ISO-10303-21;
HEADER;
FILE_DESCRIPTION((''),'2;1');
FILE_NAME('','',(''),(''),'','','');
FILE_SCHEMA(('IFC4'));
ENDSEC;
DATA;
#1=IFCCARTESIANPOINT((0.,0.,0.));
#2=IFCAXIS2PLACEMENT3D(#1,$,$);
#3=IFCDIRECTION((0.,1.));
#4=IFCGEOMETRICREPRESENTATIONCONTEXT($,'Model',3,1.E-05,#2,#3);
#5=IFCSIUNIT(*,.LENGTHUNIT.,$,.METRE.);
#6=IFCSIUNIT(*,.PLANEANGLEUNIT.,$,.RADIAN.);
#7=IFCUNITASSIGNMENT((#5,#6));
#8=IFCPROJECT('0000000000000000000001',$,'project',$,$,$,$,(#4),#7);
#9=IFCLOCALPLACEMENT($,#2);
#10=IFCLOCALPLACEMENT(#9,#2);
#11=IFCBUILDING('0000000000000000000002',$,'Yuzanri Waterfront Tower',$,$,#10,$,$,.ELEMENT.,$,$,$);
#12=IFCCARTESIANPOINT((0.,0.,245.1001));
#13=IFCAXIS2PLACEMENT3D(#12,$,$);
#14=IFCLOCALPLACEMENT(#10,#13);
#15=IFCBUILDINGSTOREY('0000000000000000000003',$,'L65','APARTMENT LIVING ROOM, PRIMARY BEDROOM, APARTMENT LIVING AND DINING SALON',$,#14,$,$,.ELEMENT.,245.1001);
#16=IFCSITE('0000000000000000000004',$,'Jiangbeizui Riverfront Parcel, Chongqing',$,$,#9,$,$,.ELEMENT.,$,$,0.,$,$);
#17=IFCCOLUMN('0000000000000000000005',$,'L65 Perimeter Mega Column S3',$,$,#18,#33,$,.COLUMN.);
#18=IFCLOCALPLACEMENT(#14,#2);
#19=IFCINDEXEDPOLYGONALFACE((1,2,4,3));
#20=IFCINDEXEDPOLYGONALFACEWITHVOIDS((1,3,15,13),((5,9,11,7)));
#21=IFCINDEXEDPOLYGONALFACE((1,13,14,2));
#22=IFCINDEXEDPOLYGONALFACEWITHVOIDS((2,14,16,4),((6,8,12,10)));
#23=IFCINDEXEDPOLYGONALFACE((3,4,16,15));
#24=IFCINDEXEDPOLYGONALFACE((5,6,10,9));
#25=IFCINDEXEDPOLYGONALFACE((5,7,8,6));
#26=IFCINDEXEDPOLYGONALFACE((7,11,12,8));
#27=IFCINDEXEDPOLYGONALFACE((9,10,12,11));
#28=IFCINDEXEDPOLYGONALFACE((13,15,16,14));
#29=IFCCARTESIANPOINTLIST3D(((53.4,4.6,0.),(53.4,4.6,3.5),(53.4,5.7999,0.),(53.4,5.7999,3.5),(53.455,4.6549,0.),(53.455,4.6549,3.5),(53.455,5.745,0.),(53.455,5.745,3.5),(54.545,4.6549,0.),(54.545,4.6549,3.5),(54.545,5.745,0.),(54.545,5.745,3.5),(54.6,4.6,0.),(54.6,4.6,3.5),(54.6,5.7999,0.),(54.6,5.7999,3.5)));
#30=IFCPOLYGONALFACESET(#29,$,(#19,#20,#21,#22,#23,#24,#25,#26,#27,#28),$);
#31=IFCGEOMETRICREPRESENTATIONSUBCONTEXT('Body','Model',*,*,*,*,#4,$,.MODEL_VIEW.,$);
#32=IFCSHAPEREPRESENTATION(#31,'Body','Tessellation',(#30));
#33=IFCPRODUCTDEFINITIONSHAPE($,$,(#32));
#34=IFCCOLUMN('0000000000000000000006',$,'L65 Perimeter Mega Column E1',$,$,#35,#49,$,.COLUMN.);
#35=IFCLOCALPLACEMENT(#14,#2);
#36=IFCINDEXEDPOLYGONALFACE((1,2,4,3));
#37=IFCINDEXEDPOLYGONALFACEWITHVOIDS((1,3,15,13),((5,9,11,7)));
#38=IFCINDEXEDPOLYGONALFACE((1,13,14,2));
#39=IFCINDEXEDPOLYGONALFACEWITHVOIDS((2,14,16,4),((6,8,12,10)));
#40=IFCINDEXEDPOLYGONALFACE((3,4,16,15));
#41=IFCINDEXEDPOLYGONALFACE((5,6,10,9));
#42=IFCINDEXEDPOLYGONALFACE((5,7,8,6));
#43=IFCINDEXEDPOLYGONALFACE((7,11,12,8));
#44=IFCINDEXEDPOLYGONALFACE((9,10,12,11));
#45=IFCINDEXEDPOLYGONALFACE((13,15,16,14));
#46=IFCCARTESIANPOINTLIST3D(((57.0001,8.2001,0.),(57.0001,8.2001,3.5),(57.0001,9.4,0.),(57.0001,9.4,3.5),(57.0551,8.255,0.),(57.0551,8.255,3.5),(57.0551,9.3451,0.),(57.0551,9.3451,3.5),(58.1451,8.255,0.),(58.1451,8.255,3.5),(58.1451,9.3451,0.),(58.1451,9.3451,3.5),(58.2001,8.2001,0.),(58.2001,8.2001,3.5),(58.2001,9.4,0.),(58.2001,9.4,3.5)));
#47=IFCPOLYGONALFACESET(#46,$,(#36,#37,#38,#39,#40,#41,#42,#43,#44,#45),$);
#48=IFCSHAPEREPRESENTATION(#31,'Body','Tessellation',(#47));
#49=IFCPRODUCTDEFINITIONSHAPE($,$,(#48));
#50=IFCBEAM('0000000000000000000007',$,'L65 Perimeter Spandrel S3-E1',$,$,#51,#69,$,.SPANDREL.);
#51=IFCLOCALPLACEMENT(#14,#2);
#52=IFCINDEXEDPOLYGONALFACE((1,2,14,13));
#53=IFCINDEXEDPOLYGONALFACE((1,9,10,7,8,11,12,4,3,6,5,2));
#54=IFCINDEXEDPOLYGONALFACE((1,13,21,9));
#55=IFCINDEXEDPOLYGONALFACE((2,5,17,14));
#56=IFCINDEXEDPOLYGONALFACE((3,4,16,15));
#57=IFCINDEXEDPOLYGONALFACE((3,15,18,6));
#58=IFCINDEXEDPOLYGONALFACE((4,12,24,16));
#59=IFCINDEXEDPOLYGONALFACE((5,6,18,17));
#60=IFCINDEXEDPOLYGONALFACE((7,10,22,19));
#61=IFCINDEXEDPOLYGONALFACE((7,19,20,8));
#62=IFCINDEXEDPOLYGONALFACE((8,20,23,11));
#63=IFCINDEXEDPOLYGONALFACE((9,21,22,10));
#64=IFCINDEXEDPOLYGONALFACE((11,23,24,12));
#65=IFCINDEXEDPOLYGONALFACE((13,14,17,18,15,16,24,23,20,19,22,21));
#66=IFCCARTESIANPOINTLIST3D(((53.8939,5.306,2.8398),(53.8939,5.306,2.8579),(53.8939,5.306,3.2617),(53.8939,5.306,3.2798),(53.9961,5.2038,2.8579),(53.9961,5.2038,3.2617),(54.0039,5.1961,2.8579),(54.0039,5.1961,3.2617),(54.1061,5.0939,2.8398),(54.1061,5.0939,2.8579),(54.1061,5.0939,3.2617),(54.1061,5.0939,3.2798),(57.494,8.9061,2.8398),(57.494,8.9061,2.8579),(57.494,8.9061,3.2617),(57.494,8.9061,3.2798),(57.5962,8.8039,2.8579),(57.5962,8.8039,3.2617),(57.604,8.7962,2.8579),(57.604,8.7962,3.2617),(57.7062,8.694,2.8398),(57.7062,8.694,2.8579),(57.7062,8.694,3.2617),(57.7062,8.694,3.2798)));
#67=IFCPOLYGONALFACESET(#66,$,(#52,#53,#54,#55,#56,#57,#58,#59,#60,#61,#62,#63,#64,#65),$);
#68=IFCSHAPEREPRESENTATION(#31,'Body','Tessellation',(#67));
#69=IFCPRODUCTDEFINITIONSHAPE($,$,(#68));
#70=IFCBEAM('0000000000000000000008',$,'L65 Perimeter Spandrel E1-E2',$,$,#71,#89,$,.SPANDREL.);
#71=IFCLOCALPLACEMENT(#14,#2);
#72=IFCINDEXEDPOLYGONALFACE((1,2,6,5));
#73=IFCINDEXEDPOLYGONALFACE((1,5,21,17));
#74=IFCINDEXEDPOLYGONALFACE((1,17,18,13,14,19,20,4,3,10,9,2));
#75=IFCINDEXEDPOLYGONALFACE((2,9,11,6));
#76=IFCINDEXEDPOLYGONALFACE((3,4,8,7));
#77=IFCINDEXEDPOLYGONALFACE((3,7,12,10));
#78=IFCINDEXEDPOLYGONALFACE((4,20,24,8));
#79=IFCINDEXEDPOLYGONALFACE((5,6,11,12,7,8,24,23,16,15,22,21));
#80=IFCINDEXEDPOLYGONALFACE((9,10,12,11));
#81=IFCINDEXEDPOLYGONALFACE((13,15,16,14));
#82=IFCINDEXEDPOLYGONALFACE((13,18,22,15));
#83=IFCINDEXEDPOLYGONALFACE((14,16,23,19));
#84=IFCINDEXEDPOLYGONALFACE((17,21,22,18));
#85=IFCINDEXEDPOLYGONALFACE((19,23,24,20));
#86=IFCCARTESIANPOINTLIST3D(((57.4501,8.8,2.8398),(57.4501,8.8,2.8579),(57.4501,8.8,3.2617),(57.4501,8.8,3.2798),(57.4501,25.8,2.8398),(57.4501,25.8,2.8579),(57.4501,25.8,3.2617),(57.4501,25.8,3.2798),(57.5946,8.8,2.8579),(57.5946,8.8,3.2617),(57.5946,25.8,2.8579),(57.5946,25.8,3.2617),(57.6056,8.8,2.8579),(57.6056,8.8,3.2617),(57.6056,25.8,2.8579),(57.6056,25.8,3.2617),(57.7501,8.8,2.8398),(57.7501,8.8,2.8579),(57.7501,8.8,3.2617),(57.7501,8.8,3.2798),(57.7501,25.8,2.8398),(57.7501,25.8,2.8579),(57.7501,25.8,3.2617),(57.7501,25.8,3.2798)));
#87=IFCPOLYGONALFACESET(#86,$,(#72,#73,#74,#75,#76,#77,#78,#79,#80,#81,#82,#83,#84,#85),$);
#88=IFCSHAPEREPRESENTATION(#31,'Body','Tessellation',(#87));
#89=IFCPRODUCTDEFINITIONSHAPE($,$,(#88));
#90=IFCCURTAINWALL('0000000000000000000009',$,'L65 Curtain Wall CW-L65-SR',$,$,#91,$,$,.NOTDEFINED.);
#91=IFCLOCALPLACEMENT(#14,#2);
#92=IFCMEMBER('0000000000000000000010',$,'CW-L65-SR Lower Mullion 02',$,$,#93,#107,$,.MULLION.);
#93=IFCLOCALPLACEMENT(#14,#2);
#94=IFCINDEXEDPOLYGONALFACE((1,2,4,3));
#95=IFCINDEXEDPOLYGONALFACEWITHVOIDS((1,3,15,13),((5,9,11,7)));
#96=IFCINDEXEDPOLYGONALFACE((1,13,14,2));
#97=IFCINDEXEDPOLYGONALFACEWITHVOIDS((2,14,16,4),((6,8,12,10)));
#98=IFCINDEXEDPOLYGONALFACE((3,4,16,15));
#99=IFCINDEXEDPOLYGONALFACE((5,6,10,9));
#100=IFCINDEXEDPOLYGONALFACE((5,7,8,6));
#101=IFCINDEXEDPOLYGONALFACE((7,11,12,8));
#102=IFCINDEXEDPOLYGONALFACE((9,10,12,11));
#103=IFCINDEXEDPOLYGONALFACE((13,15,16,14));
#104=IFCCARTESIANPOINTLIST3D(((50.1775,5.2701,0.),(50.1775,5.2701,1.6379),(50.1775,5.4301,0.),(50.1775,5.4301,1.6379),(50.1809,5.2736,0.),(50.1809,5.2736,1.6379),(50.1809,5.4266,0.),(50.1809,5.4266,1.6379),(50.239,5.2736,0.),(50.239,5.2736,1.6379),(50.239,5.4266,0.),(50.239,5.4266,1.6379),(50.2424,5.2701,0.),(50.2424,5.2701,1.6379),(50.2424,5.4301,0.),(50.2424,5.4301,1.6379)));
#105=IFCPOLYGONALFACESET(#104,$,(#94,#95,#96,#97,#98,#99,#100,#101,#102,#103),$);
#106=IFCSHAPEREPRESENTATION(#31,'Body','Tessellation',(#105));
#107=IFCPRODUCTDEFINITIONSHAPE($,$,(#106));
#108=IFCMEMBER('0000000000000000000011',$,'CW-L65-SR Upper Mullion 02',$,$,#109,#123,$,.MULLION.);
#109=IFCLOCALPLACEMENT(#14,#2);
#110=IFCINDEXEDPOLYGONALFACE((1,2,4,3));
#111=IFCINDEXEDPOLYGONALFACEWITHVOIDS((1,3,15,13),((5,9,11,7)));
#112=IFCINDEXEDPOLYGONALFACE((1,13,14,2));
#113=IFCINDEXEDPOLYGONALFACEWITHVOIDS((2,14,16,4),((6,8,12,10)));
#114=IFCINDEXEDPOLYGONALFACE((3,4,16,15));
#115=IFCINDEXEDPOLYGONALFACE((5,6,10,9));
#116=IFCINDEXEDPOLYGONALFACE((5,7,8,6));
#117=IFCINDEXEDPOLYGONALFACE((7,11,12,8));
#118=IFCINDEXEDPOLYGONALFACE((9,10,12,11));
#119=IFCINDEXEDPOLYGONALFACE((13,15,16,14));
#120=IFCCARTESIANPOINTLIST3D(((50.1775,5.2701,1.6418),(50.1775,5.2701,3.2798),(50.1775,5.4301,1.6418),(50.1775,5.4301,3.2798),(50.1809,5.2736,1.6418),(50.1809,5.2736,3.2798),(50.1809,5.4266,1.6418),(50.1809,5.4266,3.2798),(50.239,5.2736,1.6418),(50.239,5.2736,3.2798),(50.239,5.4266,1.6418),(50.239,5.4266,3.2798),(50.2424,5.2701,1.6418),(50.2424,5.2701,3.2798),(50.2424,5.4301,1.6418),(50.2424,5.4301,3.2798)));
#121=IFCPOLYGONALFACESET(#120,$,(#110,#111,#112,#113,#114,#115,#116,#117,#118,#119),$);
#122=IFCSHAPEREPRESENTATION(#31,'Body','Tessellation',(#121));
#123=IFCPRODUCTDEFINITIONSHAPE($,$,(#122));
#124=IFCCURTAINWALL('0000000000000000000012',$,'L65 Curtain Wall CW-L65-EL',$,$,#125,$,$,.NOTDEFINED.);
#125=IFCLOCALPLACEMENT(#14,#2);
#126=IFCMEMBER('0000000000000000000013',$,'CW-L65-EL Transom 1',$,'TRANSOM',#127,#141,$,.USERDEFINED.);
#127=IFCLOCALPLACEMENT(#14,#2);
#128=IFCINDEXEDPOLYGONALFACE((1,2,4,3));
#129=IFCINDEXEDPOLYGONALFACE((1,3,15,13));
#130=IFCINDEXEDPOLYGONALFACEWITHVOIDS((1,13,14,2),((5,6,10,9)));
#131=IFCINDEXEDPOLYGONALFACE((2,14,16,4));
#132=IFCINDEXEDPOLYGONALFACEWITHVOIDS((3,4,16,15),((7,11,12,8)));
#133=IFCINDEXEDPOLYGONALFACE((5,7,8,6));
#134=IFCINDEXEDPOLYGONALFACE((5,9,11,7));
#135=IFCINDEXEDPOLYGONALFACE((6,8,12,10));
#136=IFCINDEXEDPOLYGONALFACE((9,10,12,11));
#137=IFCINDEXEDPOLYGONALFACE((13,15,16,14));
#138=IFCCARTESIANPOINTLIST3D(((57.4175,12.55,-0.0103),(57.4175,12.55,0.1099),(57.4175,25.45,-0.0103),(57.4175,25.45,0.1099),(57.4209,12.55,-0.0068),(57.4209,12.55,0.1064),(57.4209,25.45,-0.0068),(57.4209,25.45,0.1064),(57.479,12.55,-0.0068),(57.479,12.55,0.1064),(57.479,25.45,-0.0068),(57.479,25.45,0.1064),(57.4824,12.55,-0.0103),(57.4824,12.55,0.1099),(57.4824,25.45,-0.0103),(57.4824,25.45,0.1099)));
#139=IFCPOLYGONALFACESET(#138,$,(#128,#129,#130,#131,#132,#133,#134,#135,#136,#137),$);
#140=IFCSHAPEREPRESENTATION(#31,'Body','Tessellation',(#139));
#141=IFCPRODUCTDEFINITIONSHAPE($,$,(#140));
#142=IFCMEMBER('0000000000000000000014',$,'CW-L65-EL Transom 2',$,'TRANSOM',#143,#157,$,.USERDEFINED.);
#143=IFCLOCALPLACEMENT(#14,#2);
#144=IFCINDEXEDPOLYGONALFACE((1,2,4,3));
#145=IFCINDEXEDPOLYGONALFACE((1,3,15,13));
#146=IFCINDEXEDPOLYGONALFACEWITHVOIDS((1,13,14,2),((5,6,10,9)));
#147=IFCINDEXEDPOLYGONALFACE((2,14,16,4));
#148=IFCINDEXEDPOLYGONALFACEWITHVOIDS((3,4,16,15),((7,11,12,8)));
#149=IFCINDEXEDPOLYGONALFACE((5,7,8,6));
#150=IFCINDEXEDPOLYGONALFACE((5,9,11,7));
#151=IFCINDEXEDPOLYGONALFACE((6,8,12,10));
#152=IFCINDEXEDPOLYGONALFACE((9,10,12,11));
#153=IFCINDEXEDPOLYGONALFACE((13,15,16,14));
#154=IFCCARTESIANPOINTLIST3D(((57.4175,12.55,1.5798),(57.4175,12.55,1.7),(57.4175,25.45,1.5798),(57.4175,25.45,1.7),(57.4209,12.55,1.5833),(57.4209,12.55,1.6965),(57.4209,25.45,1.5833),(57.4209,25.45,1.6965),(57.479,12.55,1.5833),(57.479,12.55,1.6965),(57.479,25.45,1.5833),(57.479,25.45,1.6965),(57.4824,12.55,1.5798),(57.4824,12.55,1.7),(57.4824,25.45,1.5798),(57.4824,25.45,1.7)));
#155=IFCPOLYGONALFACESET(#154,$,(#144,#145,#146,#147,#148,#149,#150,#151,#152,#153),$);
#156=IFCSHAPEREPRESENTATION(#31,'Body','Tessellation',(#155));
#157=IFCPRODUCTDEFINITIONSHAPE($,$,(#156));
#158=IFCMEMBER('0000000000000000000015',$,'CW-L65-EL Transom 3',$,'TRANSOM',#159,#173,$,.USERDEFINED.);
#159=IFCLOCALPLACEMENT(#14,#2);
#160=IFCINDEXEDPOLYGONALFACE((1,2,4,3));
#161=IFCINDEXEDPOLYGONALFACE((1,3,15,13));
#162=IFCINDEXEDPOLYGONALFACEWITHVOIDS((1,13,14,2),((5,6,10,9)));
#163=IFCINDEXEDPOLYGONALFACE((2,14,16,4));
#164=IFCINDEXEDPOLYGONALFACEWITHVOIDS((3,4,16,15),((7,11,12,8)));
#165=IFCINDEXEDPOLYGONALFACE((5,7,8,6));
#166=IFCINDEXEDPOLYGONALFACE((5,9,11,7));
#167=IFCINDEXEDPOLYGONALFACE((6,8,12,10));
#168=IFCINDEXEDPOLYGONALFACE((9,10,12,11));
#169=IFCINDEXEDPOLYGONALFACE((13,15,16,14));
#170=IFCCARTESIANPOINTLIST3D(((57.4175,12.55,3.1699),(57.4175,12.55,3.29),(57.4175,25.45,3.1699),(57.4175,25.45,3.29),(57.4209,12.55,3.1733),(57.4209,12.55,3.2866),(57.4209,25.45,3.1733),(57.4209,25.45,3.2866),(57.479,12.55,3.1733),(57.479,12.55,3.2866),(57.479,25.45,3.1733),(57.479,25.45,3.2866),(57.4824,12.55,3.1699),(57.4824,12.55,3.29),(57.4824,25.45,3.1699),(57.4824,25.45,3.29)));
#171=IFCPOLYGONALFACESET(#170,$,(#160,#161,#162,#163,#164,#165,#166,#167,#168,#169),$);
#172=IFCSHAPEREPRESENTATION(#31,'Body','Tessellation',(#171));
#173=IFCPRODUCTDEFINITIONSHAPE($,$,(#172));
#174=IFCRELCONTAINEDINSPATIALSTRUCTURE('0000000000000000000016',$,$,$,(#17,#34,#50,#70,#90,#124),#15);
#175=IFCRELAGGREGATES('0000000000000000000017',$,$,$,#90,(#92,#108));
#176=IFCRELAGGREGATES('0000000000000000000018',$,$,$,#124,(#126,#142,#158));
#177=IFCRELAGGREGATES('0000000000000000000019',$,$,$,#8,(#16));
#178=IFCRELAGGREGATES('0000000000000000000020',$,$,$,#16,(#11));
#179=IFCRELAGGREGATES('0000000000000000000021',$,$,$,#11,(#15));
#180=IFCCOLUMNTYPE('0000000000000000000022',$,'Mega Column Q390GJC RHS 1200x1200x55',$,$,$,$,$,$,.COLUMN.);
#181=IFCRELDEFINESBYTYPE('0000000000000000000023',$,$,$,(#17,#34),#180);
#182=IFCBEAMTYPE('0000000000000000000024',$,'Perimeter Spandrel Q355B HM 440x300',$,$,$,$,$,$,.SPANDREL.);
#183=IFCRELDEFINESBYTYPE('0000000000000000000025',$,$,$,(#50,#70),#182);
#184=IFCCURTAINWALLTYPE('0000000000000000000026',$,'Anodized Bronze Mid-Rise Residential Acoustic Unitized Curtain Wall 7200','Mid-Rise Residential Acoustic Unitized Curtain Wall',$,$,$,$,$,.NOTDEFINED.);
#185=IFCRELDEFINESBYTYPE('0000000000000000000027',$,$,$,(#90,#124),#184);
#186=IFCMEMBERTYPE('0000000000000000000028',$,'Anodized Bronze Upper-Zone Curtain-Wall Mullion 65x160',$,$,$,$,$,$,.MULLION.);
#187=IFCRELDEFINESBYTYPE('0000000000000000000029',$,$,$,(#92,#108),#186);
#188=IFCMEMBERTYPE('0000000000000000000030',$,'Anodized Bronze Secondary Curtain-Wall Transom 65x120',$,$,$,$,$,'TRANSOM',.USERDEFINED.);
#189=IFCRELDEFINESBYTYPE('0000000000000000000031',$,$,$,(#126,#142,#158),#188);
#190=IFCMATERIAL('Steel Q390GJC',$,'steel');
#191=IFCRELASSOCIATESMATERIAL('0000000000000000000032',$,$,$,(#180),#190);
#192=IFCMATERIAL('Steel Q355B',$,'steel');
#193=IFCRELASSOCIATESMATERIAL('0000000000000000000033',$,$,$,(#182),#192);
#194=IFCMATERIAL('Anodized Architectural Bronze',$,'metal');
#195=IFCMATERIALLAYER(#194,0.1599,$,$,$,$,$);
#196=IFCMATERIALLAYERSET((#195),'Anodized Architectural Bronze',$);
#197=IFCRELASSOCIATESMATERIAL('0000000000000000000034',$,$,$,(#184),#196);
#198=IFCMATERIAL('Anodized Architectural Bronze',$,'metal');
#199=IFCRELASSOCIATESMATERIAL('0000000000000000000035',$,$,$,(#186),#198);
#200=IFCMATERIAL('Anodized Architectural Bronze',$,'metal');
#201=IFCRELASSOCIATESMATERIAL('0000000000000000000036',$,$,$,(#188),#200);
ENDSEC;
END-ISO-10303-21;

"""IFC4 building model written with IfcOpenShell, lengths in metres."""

from ifc_helpers import new_model, si_unit, direction, frame, origin, origin_2d, place, context, subcontext, project, spatial, hollow_rectangle, i_section, extrude, source, transform, mapped, material, layer, layer_set, material_profile, profile_set, type_object, element, aggregate, save


model = new_model("IFC4")

# Units and contexts
model_context = context("Model", 3, precision=1e-05, world=origin(), true_north=direction((0.0, 1.0)))
body_context = subcontext(model_context, "Body", "Model", "MODEL_VIEW")
ifc_project = project(units=[si_unit("LENGTHUNIT", "METRE"), si_unit("PLANEANGLEUNIT", "RADIAN")], contexts=[model_context])

# Site, building, storey
site_placement = place(None, origin())
site = spatial("IfcSite", under=ifc_project, at=site_placement, Name="Jiangbeizui Riverfront Parcel, Chongqing", CompositionType="ELEMENT", RefElevation=0.0)
building_placement = place(site_placement, origin())
building = spatial("IfcBuilding", under=site, at=building_placement, Name="Yuzanri Waterfront Tower", CompositionType="ELEMENT")
storey_placement = place(building_placement, frame((0.0, 0.0, 245.1001)))
storey = spatial("IfcBuildingStorey", under=building, at=storey_placement, Name="L65", Description="APARTMENT LIVING ROOM, PRIMARY BEDROOM, APARTMENT LIVING AND DINING SALON", CompositionType="ELEMENT", Elevation=245.1001)

# Columns
ifc_material_1 = material(Name="Steel Q390GJC", Category="steel")
ifc_material_profile_1 = material_profile(ifc_material_1, hollow_rectangle(XDim=1.2, YDim=1.2, WallThickness=0.0549, at=origin_2d()), Name="RHS 1200x1200x55")
ifc_profile_set_1 = profile_set([ifc_material_profile_1], Name="Steel Q390GJC")
column_type = type_object("IfcColumnType", Name="Mega Column Q390GJC RHS 1200x1200x55", PredefinedType="COLUMN", material=ifc_profile_set_1)
shared_shape_1 = source(origin(), body_context, "Body", "SweptSolid", [
    extrude(hollow_rectangle(XDim=1.2, YDim=1.2, WallThickness=0.0549, at=origin_2d()), origin(), (0.0, 0.0, 1.0), 3.5),
])
for number, where, z_axis, x_axis, name in (
    (1, (54.0, 5.2, 0.0), (0.0, 0.0, 1.0), (1.0, 0.0, 0.0), "L65 Perimeter Mega Column S3"),
    (2, (57.6001, 8.8, 0.0), (0.0, 0.0, 1.0), (1.0, 0.0, 0.0), "L65 Perimeter Mega Column E1"),
):
    element("IfcColumn", number, at=place(storey_placement, frame(where, z_axis=z_axis, x_axis=x_axis)), inside=storey, type_object=column_type, Name=name, PredefinedType="COLUMN", context=body_context, shape_type="MappedRepresentation", body=[
        mapped(shared_shape_1, transform((0.0, 0.0, 0.0), scale=1.0)),
    ])

# Beams
ifc_material_2 = material(Name="Steel Q355B", Category="steel")
ifc_material_profile_2 = material_profile(ifc_material_2, i_section(OverallWidth=0.3, OverallDepth=0.4399, WebThickness=0.011, FlangeThickness=0.0181, at=origin_2d()), Name="HM 440x300x11x18")
ifc_profile_set_2 = profile_set([ifc_material_profile_2], Name="Steel Q355B")
beam_type = type_object("IfcBeamType", Name="Perimeter Spandrel Q355B HM 440x300", PredefinedType="SPANDREL", material=ifc_profile_set_2)
shared_shape_2 = source(origin(), body_context, "Body", "SweptSolid", [
    extrude(i_section(OverallWidth=0.3, OverallDepth=0.4399, WebThickness=0.011, FlangeThickness=0.0181, at=origin_2d()), origin(), (0.0, 0.0, 1.0), 5.0913),
])
beam_1_placement = place(storey_placement, frame((54.0, 5.2, 3.0598), z_axis=(0.707107, 0.707107, 0.0), x_axis=(-0.707107, 0.707107, 0.0)))
element("IfcBeam", 3, at=beam_1_placement, inside=storey, type_object=beam_type, Name="L65 Perimeter Spandrel S3-E1", PredefinedType="SPANDREL", context=body_context, shape_type="MappedRepresentation", body=[
    mapped(shared_shape_2, transform((0.0, 0.0, 0.0), scale=1.0)),
])
shared_shape_3 = source(origin(), body_context, "Body", "SweptSolid", [
    extrude(i_section(OverallWidth=0.3, OverallDepth=0.4399, WebThickness=0.011, FlangeThickness=0.0181, at=origin_2d()), origin(), (0.0, 0.0, 1.0), 17.0),
])
beam_2_placement = place(storey_placement, frame((57.6001, 8.8, 3.0598), z_axis=(0.0, 1.0, 0.0), x_axis=(-1.0, 0.0, 0.0)))
element("IfcBeam", 4, at=beam_2_placement, inside=storey, type_object=beam_type, Name="L65 Perimeter Spandrel E1-E2", PredefinedType="SPANDREL", context=body_context, shape_type="MappedRepresentation", body=[
    mapped(shared_shape_3, transform((0.0, 0.0, 0.0), scale=1.0)),
])

# Curtain walls, members
ifc_material_3 = material(Name="Anodized Architectural Bronze", Category="metal")
ifc_layer_1 = layer(ifc_material_3, 0.1599)
ifc_layer_set_1 = layer_set([ifc_layer_1], Name="Anodized Architectural Bronze")
curtain_wall_type = type_object("IfcCurtainWallType", Name="Anodized Bronze Mid-Rise Residential Acoustic Unitized Curtain Wall 7200", Description="Mid-Rise Residential Acoustic Unitized Curtain Wall", PredefinedType="NOTDEFINED", material=ifc_layer_set_1)
curtain_wall_1_placement = place(storey_placement, origin())
curtain_wall_1 = element("IfcCurtainWall", 5, at=curtain_wall_1_placement, inside=storey, type_object=curtain_wall_type, Name="L65 Curtain Wall CW-L65-SR", PredefinedType="NOTDEFINED")
ifc_material_4 = material(Name="Anodized Architectural Bronze", Category="metal")
ifc_material_profile_3 = material_profile(ifc_material_4, hollow_rectangle(XDim=0.0649, YDim=0.1599, WallThickness=0.0034, at=origin_2d()), Name="CWM 65x160")
ifc_profile_set_3 = profile_set([ifc_material_profile_3], Name="Anodized Architectural Bronze")
member_type_1 = type_object("IfcMemberType", Name="Anodized Bronze Upper-Zone Curtain-Wall Mullion 65x160", PredefinedType="MULLION", material=ifc_profile_set_3)
shared_shape_4 = source(origin(), body_context, "Body", "SweptSolid", [
    extrude(hollow_rectangle(XDim=0.0649, YDim=0.1599, WallThickness=0.0034, at=origin_2d()), origin(), (0.0, 0.0, 1.0), 1.6379),
])
member_1_placement = place(storey_placement, frame((50.21, 5.3501, 0.0), z_axis=(0.0, 0.0, 1.0), x_axis=(1.0, 0.0, 0.0)))
member_1 = element("IfcMember", 6, at=member_1_placement, type_object=member_type_1, Name="CW-L65-SR Lower Mullion 02", PredefinedType="MULLION", context=body_context, shape_type="MappedRepresentation", body=[
    mapped(shared_shape_4, transform((0.0, 0.0, 0.0), scale=1.0)),
])
member_2_placement = place(storey_placement, frame((50.21, 5.3501, 1.6418), z_axis=(0.0, 0.0, 1.0), x_axis=(1.0, 0.0, 0.0)))
member_2 = element("IfcMember", 7, at=member_2_placement, type_object=member_type_1, Name="CW-L65-SR Upper Mullion 02", PredefinedType="MULLION", context=body_context, shape_type="MappedRepresentation", body=[
    mapped(shared_shape_4, transform((0.0, 0.0, 0.0), scale=1.0)),
])
aggregate(curtain_wall_1, [member_1, member_2])
curtain_wall_2_placement = place(storey_placement, origin())
curtain_wall_2 = element("IfcCurtainWall", 8, at=curtain_wall_2_placement, inside=storey, type_object=curtain_wall_type, Name="L65 Curtain Wall CW-L65-EL", PredefinedType="NOTDEFINED")
ifc_material_5 = material(Name="Anodized Architectural Bronze", Category="metal")
ifc_material_profile_4 = material_profile(ifc_material_5, hollow_rectangle(XDim=0.0649, YDim=0.1201, WallThickness=0.0034, at=origin_2d()), Name="CWT 65x120")
ifc_profile_set_4 = profile_set([ifc_material_profile_4], Name="Anodized Architectural Bronze")
member_type_2 = type_object("IfcMemberType", Name="Anodized Bronze Secondary Curtain-Wall Transom 65x120", ElementType="TRANSOM", PredefinedType="USERDEFINED", material=ifc_profile_set_4)
shared_shape_5 = source(origin(), body_context, "Body", "SweptSolid", [
    extrude(hollow_rectangle(XDim=0.0649, YDim=0.1201, WallThickness=0.0034, at=origin_2d()), origin(), (0.0, 0.0, 1.0), 12.8999),
])
member_3_placement = place(storey_placement, frame((57.45, 12.55, 0.0498), z_axis=(0.0, 1.0, 0.0), x_axis=(-1.0, 0.0, 0.0)))
member_3 = element("IfcMember", 9, at=member_3_placement, type_object=member_type_2, Name="CW-L65-EL Transom 1", ObjectType="TRANSOM", PredefinedType="USERDEFINED", context=body_context, shape_type="MappedRepresentation", body=[
    mapped(shared_shape_5, transform((0.0, 0.0, 0.0), scale=1.0)),
])
member_4_placement = place(storey_placement, frame((57.45, 12.55, 1.6399), z_axis=(0.0, 1.0, 0.0), x_axis=(-1.0, 0.0, 0.0)))
member_4 = element("IfcMember", 10, at=member_4_placement, type_object=member_type_2, Name="CW-L65-EL Transom 2", ObjectType="TRANSOM", PredefinedType="USERDEFINED", context=body_context, shape_type="MappedRepresentation", body=[
    mapped(shared_shape_5, transform((0.0, 0.0, 0.0), scale=1.0)),
])
member_5_placement = place(storey_placement, frame((57.45, 12.55, 3.23), z_axis=(0.0, 1.0, 0.0), x_axis=(-1.0, 0.0, 0.0)))
member_5 = element("IfcMember", 11, at=member_5_placement, type_object=member_type_2, Name="CW-L65-EL Transom 3", ObjectType="TRANSOM", PredefinedType="USERDEFINED", context=body_context, shape_type="MappedRepresentation", body=[
    mapped(shared_shape_5, transform((0.0, 0.0, 0.0), scale=1.0)),
])
aggregate(curtain_wall_2, [member_3, member_4, member_5])

save(model, "model.ifc")
